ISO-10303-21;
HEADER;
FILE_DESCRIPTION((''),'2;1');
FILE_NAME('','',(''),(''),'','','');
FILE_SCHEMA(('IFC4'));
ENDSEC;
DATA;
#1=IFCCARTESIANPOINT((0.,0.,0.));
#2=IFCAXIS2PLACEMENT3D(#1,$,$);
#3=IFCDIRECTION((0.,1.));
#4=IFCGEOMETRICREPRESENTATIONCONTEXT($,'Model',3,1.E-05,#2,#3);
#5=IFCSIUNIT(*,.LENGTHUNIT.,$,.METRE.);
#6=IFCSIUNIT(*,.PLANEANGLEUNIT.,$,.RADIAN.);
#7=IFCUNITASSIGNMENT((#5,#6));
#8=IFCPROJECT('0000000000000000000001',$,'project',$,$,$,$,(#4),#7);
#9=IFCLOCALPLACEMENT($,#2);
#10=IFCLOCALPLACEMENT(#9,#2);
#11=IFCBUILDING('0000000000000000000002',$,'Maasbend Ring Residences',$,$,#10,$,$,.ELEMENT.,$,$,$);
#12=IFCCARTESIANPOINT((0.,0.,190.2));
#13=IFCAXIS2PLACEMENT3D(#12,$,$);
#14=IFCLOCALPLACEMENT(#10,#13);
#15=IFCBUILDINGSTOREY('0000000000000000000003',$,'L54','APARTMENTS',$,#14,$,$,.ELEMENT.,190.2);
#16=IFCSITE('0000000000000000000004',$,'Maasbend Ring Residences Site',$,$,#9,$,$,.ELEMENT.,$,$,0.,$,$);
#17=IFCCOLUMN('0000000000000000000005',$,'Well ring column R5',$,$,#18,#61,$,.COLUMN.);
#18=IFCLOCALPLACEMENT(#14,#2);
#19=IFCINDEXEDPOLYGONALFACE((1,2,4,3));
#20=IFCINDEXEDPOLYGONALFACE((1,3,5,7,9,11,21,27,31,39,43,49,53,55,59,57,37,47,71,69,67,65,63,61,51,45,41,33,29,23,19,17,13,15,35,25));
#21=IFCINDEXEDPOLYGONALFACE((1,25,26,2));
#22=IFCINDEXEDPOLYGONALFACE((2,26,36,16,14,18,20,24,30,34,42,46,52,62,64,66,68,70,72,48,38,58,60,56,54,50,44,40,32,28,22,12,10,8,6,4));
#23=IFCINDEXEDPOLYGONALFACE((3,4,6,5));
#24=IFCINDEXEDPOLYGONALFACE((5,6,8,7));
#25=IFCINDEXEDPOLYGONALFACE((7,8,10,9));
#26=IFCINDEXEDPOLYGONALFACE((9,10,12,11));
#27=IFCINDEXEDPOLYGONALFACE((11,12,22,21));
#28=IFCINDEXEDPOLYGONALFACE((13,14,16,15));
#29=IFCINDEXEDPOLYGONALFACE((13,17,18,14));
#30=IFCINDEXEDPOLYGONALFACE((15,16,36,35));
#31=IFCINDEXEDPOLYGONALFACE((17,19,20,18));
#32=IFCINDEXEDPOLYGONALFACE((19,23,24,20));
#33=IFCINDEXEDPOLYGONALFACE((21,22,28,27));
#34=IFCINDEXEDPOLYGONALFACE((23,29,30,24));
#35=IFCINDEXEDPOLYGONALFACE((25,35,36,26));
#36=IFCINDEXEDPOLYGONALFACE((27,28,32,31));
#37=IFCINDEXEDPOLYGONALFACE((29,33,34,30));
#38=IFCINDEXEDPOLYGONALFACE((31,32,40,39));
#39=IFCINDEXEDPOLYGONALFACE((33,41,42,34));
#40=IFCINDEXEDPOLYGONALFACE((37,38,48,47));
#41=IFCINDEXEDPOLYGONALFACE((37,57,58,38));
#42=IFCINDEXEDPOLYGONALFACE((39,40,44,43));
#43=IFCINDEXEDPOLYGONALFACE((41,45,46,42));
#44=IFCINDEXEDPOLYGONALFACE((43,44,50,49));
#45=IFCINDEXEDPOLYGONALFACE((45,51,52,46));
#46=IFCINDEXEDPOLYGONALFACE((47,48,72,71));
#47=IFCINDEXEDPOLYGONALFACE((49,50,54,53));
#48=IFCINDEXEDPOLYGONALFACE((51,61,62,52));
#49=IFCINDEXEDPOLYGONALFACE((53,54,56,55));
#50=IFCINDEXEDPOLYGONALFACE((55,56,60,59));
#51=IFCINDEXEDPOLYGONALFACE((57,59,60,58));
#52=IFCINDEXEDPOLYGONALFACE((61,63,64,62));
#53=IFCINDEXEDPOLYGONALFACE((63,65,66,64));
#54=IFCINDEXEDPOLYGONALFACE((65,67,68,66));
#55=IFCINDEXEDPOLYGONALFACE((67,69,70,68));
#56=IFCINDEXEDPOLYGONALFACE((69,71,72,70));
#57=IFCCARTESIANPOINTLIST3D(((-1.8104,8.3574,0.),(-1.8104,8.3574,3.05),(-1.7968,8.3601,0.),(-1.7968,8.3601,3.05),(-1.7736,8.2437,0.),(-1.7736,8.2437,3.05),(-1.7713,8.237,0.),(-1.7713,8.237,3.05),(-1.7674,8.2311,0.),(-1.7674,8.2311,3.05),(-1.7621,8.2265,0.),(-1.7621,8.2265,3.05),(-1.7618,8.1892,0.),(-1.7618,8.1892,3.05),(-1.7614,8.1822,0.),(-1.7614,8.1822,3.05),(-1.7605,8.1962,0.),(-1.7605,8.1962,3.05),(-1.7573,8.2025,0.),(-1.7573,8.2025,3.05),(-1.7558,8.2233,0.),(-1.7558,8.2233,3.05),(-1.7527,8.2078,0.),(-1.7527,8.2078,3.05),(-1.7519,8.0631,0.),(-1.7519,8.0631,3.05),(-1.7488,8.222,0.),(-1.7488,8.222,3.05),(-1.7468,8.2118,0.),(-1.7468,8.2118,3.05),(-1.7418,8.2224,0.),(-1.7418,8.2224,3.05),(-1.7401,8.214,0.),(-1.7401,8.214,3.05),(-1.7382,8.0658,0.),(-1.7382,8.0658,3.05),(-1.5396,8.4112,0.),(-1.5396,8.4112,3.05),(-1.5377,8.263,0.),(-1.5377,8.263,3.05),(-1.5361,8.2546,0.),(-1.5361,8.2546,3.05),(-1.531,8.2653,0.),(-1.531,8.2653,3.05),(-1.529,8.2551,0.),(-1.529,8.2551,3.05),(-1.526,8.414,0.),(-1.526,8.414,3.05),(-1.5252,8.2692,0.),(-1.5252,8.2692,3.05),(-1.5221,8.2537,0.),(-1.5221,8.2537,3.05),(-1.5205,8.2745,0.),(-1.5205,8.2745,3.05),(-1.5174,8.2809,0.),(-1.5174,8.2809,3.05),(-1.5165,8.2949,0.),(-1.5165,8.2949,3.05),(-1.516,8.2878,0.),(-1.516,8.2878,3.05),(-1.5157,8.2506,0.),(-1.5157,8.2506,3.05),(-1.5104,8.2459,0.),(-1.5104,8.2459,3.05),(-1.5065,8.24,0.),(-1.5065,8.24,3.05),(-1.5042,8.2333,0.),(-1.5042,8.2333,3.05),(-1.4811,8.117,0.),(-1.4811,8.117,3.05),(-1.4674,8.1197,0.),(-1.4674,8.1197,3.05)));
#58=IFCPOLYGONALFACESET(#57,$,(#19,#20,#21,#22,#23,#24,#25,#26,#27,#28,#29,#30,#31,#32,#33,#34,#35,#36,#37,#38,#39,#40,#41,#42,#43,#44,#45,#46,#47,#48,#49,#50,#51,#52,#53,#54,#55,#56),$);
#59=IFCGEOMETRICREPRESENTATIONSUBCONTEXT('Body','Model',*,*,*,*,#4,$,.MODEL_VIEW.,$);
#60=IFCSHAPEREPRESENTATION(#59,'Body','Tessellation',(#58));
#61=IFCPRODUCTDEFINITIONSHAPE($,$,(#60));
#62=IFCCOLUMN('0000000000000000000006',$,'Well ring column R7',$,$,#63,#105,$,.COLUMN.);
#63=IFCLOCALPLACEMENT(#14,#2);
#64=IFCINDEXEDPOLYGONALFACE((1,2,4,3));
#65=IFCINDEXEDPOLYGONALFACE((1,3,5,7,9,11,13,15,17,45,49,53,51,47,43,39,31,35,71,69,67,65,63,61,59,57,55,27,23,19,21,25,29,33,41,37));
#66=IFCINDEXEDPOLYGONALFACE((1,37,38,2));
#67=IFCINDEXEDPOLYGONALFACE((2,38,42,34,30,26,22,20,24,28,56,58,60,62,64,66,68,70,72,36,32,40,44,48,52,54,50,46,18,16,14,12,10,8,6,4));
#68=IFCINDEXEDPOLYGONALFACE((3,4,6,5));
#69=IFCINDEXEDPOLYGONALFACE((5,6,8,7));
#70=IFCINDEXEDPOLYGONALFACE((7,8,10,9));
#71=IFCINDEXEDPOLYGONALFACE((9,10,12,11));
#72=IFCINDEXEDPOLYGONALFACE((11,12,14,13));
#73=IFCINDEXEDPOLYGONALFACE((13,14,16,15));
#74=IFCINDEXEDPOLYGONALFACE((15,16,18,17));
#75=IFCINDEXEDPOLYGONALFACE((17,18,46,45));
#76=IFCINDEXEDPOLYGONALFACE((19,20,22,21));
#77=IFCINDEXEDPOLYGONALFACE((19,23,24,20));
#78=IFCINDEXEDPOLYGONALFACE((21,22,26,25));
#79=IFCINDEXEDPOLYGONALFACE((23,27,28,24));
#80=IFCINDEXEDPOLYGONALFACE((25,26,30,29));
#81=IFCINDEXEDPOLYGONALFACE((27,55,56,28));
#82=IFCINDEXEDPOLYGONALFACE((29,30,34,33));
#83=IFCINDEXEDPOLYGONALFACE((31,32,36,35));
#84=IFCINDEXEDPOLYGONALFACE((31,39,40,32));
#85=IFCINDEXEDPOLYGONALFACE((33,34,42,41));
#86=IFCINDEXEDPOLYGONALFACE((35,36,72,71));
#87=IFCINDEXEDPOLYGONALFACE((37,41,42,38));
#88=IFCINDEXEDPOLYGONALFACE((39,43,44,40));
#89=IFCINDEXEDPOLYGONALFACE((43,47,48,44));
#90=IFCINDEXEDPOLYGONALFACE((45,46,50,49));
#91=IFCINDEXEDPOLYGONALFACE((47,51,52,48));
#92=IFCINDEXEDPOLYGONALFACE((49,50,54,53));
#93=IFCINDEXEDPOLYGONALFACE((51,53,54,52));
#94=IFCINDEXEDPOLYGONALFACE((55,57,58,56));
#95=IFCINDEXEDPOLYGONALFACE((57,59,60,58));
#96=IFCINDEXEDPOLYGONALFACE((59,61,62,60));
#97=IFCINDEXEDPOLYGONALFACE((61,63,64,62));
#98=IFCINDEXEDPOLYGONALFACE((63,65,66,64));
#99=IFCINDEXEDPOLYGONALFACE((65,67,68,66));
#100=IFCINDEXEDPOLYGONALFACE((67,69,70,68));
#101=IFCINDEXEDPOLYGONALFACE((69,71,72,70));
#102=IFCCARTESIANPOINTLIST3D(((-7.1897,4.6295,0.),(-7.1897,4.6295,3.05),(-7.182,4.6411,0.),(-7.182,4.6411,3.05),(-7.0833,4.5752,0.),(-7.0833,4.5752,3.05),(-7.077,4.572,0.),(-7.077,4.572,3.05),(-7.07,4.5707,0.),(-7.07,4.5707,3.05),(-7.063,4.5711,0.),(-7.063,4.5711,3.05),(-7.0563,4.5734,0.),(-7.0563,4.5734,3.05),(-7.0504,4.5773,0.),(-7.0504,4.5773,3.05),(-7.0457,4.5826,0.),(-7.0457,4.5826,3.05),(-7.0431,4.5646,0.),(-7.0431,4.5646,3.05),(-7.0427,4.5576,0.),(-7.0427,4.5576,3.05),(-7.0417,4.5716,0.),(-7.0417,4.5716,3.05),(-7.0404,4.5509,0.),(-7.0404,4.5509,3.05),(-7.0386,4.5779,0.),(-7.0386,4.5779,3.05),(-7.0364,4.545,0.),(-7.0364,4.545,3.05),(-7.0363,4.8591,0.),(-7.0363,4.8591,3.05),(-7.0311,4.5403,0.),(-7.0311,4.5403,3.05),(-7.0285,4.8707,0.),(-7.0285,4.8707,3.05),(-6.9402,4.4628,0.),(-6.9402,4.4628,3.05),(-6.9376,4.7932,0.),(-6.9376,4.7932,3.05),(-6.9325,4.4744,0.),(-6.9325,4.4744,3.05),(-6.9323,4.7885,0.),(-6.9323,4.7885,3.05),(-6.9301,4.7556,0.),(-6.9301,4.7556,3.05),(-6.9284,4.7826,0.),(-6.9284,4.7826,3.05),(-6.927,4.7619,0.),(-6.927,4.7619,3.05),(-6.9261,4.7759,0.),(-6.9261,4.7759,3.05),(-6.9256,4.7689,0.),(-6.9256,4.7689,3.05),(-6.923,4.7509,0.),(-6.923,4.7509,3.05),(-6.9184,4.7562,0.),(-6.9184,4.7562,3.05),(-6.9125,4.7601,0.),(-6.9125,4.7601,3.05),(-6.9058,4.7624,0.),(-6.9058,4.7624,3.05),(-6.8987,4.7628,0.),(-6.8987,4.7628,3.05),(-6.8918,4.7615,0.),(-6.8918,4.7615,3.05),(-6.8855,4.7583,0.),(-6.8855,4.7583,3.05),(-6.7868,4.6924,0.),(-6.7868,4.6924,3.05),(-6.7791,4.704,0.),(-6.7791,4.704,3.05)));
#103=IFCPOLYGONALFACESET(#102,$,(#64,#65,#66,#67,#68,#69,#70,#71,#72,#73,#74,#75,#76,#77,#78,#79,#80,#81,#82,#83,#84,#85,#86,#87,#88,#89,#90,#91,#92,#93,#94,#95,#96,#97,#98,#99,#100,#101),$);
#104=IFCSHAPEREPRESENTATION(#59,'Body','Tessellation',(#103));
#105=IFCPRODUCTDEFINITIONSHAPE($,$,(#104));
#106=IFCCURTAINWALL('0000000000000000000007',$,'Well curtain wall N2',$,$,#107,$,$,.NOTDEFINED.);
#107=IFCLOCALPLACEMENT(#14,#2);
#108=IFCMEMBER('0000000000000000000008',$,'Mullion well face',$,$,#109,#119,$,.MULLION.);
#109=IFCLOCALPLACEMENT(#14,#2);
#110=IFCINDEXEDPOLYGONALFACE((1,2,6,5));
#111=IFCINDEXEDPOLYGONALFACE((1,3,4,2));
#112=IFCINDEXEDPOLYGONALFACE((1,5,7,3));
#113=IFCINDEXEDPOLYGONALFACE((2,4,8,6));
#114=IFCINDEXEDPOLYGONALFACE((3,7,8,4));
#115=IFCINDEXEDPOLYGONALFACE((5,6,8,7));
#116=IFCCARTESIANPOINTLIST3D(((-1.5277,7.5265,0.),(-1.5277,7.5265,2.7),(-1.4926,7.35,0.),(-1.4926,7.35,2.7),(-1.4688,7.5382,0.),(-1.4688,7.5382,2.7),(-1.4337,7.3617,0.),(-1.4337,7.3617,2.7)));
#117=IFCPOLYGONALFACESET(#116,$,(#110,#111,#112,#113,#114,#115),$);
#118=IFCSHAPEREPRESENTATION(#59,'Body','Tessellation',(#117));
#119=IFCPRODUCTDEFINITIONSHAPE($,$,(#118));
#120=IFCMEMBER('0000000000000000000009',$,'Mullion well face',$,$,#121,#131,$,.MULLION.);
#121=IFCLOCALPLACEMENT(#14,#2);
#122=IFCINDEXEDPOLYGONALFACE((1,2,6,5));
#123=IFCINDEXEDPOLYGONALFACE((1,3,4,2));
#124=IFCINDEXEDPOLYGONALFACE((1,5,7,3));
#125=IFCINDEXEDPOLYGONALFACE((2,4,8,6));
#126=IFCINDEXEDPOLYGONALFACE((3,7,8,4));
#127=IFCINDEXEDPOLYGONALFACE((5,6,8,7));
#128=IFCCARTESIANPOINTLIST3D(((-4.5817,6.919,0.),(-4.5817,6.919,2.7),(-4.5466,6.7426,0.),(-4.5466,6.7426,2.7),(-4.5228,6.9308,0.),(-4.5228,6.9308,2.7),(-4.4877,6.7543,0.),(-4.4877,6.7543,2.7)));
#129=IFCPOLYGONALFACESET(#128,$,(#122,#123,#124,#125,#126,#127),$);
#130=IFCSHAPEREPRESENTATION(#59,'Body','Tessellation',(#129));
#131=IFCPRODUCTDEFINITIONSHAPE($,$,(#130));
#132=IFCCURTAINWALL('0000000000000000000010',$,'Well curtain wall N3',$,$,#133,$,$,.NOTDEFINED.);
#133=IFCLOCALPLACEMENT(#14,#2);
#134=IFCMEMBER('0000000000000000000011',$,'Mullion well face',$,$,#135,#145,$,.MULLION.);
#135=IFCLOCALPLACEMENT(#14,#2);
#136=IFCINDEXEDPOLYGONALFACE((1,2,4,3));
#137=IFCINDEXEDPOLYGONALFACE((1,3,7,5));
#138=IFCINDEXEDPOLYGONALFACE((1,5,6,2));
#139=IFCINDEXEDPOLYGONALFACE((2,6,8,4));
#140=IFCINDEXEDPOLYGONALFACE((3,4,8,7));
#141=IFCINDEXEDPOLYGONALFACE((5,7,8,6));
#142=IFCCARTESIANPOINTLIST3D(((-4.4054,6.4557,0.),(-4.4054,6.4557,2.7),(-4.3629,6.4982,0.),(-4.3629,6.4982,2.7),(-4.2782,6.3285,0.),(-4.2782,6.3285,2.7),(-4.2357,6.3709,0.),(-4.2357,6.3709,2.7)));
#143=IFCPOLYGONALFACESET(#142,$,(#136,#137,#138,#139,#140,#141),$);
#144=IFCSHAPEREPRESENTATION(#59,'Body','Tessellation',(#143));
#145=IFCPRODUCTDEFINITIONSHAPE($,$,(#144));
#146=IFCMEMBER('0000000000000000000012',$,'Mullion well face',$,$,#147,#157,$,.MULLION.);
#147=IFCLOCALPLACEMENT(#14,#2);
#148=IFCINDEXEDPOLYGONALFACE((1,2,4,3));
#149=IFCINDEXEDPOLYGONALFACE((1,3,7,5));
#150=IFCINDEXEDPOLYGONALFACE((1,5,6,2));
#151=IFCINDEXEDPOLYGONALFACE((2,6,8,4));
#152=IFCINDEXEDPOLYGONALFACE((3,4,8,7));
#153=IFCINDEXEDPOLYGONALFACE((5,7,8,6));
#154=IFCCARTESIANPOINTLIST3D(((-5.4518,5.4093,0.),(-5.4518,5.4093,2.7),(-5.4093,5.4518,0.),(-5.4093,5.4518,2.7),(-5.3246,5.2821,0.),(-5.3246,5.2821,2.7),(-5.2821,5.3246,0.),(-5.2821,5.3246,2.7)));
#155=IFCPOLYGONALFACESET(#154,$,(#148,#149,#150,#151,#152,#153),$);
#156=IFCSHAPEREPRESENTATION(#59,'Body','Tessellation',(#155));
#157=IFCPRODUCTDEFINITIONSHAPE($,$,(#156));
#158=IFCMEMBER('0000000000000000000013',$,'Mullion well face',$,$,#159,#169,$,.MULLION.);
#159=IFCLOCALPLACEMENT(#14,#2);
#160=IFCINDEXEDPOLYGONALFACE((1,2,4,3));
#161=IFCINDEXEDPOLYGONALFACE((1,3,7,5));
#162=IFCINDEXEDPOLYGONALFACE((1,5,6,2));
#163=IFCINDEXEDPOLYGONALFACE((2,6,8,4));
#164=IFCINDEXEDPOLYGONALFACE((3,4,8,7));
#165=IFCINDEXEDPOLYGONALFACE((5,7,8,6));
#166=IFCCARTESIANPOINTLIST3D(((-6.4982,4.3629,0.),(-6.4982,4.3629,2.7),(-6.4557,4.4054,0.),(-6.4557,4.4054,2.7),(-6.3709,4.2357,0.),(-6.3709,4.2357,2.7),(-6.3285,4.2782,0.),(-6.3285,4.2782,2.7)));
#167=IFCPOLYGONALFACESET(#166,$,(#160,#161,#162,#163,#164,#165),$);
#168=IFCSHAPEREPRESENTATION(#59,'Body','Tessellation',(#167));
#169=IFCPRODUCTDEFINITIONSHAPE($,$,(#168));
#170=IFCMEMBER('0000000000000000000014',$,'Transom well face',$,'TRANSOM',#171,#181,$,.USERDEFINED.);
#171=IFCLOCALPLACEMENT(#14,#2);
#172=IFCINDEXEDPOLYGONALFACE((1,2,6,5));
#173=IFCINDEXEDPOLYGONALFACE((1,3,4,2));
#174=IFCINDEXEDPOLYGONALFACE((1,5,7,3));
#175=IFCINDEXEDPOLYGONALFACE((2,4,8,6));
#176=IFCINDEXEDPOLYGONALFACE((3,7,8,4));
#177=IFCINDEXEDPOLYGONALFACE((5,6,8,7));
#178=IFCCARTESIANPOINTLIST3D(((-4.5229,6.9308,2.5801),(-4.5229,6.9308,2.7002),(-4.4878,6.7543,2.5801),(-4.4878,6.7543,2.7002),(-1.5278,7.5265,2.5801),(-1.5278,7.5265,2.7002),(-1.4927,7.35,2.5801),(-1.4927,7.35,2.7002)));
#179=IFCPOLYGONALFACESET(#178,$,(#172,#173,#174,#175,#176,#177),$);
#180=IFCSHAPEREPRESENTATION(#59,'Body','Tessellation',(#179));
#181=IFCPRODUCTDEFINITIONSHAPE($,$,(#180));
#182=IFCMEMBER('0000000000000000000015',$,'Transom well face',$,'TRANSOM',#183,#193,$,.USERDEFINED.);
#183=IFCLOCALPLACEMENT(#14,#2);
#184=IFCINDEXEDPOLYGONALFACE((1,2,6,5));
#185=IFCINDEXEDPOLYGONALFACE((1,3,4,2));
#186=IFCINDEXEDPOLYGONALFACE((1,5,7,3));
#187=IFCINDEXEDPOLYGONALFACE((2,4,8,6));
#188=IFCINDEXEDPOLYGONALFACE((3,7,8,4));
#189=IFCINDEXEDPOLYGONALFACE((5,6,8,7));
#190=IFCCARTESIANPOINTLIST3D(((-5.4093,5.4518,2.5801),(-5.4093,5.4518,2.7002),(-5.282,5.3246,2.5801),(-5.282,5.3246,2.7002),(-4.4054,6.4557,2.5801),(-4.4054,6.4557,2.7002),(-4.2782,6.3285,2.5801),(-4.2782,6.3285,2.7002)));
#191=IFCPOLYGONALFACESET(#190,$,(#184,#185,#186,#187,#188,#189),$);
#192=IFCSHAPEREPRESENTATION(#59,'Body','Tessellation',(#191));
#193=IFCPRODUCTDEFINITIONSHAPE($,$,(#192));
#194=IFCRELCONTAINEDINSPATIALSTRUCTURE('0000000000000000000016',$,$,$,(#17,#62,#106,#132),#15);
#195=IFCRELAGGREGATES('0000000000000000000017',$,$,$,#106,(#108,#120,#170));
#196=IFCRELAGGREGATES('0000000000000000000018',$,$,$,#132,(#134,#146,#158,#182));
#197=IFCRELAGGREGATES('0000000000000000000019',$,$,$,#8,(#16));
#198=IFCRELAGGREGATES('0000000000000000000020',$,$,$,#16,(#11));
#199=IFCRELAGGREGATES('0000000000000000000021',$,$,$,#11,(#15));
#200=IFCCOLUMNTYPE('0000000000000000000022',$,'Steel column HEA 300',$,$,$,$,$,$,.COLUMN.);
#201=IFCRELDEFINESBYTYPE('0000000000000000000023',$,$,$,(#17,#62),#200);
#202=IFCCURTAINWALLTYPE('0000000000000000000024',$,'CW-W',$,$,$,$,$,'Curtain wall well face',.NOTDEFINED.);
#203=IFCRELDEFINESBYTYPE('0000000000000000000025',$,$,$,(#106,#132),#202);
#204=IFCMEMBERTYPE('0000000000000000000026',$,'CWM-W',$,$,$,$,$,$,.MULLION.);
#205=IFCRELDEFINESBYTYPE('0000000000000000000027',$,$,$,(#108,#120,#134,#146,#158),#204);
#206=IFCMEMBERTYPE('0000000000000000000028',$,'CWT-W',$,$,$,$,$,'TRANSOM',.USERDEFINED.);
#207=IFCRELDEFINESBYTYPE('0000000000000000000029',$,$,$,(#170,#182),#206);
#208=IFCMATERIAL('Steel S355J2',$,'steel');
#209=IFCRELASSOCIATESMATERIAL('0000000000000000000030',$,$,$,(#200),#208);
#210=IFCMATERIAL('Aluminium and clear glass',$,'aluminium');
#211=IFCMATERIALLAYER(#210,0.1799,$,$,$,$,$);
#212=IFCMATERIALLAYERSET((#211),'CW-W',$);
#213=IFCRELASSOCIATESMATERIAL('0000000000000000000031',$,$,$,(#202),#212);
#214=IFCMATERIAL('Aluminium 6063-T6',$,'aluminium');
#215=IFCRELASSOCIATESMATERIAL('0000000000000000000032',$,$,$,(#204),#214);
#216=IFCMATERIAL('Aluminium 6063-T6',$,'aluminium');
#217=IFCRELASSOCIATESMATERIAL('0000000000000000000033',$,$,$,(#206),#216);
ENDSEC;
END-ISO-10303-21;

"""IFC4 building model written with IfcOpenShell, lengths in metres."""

from ifc_helpers import new_model, si_unit, direction, frame, origin, origin_2d, place, context, subcontext, project, spatial, rectangle, i_section, extrude, material, layer, layer_set, material_profile, profile_set, type_object, element, aggregate, save


model = new_model("IFC4")

# Units and contexts
model_context = context("Model", 3, precision=1e-05, world=origin(), true_north=direction((0.0, 1.0)))
body_context = subcontext(model_context, "Body", "Model", "MODEL_VIEW")
ifc_project = project(units=[si_unit("LENGTHUNIT", "METRE"), si_unit("PLANEANGLEUNIT", "RADIAN")], contexts=[model_context])

# Site, building, storey
site_placement = place(None, origin())
site = spatial("IfcSite", under=ifc_project, at=site_placement, Name="Maasbend Ring Residences Site", CompositionType="ELEMENT", RefElevation=0.0)
building_placement = place(site_placement, origin())
building = spatial("IfcBuilding", under=site, at=building_placement, Name="Maasbend Ring Residences", CompositionType="ELEMENT")
storey_placement = place(building_placement, frame((0.0, 0.0, 190.2)))
storey = spatial("IfcBuildingStorey", under=building, at=storey_placement, Name="L54", Description="APARTMENTS", CompositionType="ELEMENT", Elevation=190.2)

# Columns
ifc_material_1 = material(Name="Steel S355J2", Category="steel")
ifc_material_profile_1 = material_profile(ifc_material_1, i_section(OverallWidth=0.3, OverallDepth=0.29, WebThickness=0.0085, FlangeThickness=0.0139, FilletRadius=0.0271, at=origin_2d()), Name="HEA 300")
ifc_profile_set_1 = profile_set([ifc_material_profile_1], Name="Steel S355J2")
column_type = type_object("IfcColumnType", Name="Steel column HEA 300", PredefinedType="COLUMN", material=ifc_profile_set_1)
for number, where, z_axis, x_axis, name in (
    (1, (-1.6389, 8.2385, 0.0), (0.0, 0.0, 1.0), (-0.19509, 0.980785, 0.0), "Well ring column R5"),
    (2, (-6.9844, 4.6667, 0.0), (0.0, 0.0, 1.0), (-0.83147, 0.55557, 0.0), "Well ring column R7"),
):
    element("IfcColumn", number, at=place(storey_placement, frame(where, z_axis=z_axis, x_axis=x_axis)), inside=storey, type_object=column_type, Name=name, PredefinedType="COLUMN", context=body_context, shape_type="SweptSolid", body=[
        extrude(i_section(OverallWidth=0.3, OverallDepth=0.29, WebThickness=0.0085, FlangeThickness=0.0139, FilletRadius=0.0271, at=origin_2d()), origin(), (0.0, 0.0, 1.0), 3.05),
    ])

# Curtain walls, members
ifc_material_2 = material(Name="Aluminium and clear glass", Category="aluminium")
ifc_layer_1 = layer(ifc_material_2, 0.1799)
ifc_layer_set_1 = layer_set([ifc_layer_1], Name="CW-W")
curtain_wall_type = type_object("IfcCurtainWallType", Name="CW-W", ElementType="Curtain wall well face", PredefinedType="NOTDEFINED", material=ifc_layer_set_1)
curtain_wall_1_placement = place(storey_placement, origin())
curtain_wall_1 = element("IfcCurtainWall", 3, at=curtain_wall_1_placement, inside=storey, type_object=curtain_wall_type, Name="Well curtain wall N2", PredefinedType="NOTDEFINED")
ifc_material_3 = material(Name="Aluminium 6063-T6", Category="aluminium")
ifc_material_profile_2 = material_profile(ifc_material_3, rectangle(XDim=0.1799, YDim=0.0601, at=origin_2d()), Name="AL 180x60")
ifc_profile_set_2 = profile_set([ifc_material_profile_2], Name="Aluminium 6063-T6")
member_type_1 = type_object("IfcMemberType", Name="CWM-W", PredefinedType="MULLION", material=ifc_profile_set_2)
member_1_placement = place(storey_placement, frame((-1.4807, 7.4441, 0.0), z_axis=(0.0, 0.0, 1.0), x_axis=(0.19509, -0.980785, 0.0)))
member_1 = element("IfcMember", 4, at=member_1_placement, type_object=member_type_1, Name="Mullion well face", PredefinedType="MULLION", context=body_context, shape_type="SweptSolid", body=[
    extrude(rectangle(XDim=0.1799, YDim=0.0601, at=origin_2d()), origin(), (0.0, 0.0, 1.0), 2.7),
])
member_2_placement = place(storey_placement, frame((-4.5347, 6.8367, 0.0), z_axis=(0.0, 0.0, 1.0), x_axis=(0.19509, -0.980785, 0.0)))
member_2 = element("IfcMember", 5, at=member_2_placement, type_object=member_type_1, Name="Mullion well face", PredefinedType="MULLION", context=body_context, shape_type="SweptSolid", body=[
    extrude(rectangle(XDim=0.1799, YDim=0.0601, at=origin_2d()), origin(), (0.0, 0.0, 1.0), 2.7),
])
curtain_wall_2_placement = place(storey_placement, origin())
curtain_wall_2 = element("IfcCurtainWall", 6, at=curtain_wall_2_placement, inside=storey, type_object=curtain_wall_type, Name="Well curtain wall N3", PredefinedType="NOTDEFINED")
member_3_placement = place(storey_placement, frame((-4.3206, 6.4133, 0.0), z_axis=(0.0, 0.0, 1.0), x_axis=(0.707107, -0.707107, 0.0)))
member_3 = element("IfcMember", 7, at=member_3_placement, type_object=member_type_1, Name="Mullion well face", PredefinedType="MULLION", context=body_context, shape_type="SweptSolid", body=[
    extrude(rectangle(XDim=0.1799, YDim=0.0601, at=origin_2d()), origin(), (0.0, 0.0, 1.0), 2.7),
])
member_4_placement = place(storey_placement, frame((-5.3669, 5.3669, 0.0), z_axis=(0.0, 0.0, 1.0), x_axis=(0.707107, -0.707107, 0.0)))
member_4 = element("IfcMember", 8, at=member_4_placement, type_object=member_type_1, Name="Mullion well face", PredefinedType="MULLION", context=body_context, shape_type="SweptSolid", body=[
    extrude(rectangle(XDim=0.1799, YDim=0.0601, at=origin_2d()), origin(), (0.0, 0.0, 1.0), 2.7),
])
member_5_placement = place(storey_placement, frame((-6.4133, 4.3206, 0.0), z_axis=(0.0, 0.0, 1.0), x_axis=(0.707107, -0.707107, 0.0)))
member_5 = element("IfcMember", 9, at=member_5_placement, type_object=member_type_1, Name="Mullion well face", PredefinedType="MULLION", context=body_context, shape_type="SweptSolid", body=[
    extrude(rectangle(XDim=0.1799, YDim=0.0601, at=origin_2d()), origin(), (0.0, 0.0, 1.0), 2.7),
])

# Members
ifc_material_4 = material(Name="Aluminium 6063-T6", Category="aluminium")
ifc_material_profile_3 = material_profile(ifc_material_4, rectangle(XDim=0.1799, YDim=0.1201, at=origin_2d()), Name="AL 180x120")
ifc_profile_set_3 = profile_set([ifc_material_profile_3], Name="Aluminium 6063-T6")
member_type_2 = type_object("IfcMemberType", Name="CWT-W", ElementType="TRANSOM", PredefinedType="USERDEFINED", material=ifc_profile_set_3)
member_6_placement = place(storey_placement, frame((-1.5103, 7.4382, 2.6401), z_axis=(-0.980789, -0.195071, 0.0), x_axis=(0.195071, -0.980789, 0.0)))
member_6 = element("IfcMember", 10, at=member_6_placement, type_object=member_type_2, Name="Transom well face", ObjectType="TRANSOM", PredefinedType="USERDEFINED", context=body_context, shape_type="SweptSolid", body=[
    extrude(rectangle(XDim=0.1799, YDim=0.1201, at=origin_2d()), origin(), (0.0, 0.0, 1.0), 3.0537),
])
member_7_placement = place(storey_placement, frame((-4.3418, 6.3921, 2.6401), z_axis=(-0.707107, -0.707107, 0.0), x_axis=(0.707107, -0.707107, 0.0)))
member_7 = element("IfcMember", 11, at=member_7_placement, type_object=member_type_2, Name="Transom well face", ObjectType="TRANSOM", PredefinedType="USERDEFINED", context=body_context, shape_type="SweptSolid", body=[
    extrude(rectangle(XDim=0.1799, YDim=0.1201, at=origin_2d()), origin(), (0.0, 0.0, 1.0), 1.4197),
])

aggregate(curtain_wall_1, [member_1, member_2, member_6])
aggregate(curtain_wall_2, [member_3, member_4, member_5, member_7])

save(model, "model.ifc")
